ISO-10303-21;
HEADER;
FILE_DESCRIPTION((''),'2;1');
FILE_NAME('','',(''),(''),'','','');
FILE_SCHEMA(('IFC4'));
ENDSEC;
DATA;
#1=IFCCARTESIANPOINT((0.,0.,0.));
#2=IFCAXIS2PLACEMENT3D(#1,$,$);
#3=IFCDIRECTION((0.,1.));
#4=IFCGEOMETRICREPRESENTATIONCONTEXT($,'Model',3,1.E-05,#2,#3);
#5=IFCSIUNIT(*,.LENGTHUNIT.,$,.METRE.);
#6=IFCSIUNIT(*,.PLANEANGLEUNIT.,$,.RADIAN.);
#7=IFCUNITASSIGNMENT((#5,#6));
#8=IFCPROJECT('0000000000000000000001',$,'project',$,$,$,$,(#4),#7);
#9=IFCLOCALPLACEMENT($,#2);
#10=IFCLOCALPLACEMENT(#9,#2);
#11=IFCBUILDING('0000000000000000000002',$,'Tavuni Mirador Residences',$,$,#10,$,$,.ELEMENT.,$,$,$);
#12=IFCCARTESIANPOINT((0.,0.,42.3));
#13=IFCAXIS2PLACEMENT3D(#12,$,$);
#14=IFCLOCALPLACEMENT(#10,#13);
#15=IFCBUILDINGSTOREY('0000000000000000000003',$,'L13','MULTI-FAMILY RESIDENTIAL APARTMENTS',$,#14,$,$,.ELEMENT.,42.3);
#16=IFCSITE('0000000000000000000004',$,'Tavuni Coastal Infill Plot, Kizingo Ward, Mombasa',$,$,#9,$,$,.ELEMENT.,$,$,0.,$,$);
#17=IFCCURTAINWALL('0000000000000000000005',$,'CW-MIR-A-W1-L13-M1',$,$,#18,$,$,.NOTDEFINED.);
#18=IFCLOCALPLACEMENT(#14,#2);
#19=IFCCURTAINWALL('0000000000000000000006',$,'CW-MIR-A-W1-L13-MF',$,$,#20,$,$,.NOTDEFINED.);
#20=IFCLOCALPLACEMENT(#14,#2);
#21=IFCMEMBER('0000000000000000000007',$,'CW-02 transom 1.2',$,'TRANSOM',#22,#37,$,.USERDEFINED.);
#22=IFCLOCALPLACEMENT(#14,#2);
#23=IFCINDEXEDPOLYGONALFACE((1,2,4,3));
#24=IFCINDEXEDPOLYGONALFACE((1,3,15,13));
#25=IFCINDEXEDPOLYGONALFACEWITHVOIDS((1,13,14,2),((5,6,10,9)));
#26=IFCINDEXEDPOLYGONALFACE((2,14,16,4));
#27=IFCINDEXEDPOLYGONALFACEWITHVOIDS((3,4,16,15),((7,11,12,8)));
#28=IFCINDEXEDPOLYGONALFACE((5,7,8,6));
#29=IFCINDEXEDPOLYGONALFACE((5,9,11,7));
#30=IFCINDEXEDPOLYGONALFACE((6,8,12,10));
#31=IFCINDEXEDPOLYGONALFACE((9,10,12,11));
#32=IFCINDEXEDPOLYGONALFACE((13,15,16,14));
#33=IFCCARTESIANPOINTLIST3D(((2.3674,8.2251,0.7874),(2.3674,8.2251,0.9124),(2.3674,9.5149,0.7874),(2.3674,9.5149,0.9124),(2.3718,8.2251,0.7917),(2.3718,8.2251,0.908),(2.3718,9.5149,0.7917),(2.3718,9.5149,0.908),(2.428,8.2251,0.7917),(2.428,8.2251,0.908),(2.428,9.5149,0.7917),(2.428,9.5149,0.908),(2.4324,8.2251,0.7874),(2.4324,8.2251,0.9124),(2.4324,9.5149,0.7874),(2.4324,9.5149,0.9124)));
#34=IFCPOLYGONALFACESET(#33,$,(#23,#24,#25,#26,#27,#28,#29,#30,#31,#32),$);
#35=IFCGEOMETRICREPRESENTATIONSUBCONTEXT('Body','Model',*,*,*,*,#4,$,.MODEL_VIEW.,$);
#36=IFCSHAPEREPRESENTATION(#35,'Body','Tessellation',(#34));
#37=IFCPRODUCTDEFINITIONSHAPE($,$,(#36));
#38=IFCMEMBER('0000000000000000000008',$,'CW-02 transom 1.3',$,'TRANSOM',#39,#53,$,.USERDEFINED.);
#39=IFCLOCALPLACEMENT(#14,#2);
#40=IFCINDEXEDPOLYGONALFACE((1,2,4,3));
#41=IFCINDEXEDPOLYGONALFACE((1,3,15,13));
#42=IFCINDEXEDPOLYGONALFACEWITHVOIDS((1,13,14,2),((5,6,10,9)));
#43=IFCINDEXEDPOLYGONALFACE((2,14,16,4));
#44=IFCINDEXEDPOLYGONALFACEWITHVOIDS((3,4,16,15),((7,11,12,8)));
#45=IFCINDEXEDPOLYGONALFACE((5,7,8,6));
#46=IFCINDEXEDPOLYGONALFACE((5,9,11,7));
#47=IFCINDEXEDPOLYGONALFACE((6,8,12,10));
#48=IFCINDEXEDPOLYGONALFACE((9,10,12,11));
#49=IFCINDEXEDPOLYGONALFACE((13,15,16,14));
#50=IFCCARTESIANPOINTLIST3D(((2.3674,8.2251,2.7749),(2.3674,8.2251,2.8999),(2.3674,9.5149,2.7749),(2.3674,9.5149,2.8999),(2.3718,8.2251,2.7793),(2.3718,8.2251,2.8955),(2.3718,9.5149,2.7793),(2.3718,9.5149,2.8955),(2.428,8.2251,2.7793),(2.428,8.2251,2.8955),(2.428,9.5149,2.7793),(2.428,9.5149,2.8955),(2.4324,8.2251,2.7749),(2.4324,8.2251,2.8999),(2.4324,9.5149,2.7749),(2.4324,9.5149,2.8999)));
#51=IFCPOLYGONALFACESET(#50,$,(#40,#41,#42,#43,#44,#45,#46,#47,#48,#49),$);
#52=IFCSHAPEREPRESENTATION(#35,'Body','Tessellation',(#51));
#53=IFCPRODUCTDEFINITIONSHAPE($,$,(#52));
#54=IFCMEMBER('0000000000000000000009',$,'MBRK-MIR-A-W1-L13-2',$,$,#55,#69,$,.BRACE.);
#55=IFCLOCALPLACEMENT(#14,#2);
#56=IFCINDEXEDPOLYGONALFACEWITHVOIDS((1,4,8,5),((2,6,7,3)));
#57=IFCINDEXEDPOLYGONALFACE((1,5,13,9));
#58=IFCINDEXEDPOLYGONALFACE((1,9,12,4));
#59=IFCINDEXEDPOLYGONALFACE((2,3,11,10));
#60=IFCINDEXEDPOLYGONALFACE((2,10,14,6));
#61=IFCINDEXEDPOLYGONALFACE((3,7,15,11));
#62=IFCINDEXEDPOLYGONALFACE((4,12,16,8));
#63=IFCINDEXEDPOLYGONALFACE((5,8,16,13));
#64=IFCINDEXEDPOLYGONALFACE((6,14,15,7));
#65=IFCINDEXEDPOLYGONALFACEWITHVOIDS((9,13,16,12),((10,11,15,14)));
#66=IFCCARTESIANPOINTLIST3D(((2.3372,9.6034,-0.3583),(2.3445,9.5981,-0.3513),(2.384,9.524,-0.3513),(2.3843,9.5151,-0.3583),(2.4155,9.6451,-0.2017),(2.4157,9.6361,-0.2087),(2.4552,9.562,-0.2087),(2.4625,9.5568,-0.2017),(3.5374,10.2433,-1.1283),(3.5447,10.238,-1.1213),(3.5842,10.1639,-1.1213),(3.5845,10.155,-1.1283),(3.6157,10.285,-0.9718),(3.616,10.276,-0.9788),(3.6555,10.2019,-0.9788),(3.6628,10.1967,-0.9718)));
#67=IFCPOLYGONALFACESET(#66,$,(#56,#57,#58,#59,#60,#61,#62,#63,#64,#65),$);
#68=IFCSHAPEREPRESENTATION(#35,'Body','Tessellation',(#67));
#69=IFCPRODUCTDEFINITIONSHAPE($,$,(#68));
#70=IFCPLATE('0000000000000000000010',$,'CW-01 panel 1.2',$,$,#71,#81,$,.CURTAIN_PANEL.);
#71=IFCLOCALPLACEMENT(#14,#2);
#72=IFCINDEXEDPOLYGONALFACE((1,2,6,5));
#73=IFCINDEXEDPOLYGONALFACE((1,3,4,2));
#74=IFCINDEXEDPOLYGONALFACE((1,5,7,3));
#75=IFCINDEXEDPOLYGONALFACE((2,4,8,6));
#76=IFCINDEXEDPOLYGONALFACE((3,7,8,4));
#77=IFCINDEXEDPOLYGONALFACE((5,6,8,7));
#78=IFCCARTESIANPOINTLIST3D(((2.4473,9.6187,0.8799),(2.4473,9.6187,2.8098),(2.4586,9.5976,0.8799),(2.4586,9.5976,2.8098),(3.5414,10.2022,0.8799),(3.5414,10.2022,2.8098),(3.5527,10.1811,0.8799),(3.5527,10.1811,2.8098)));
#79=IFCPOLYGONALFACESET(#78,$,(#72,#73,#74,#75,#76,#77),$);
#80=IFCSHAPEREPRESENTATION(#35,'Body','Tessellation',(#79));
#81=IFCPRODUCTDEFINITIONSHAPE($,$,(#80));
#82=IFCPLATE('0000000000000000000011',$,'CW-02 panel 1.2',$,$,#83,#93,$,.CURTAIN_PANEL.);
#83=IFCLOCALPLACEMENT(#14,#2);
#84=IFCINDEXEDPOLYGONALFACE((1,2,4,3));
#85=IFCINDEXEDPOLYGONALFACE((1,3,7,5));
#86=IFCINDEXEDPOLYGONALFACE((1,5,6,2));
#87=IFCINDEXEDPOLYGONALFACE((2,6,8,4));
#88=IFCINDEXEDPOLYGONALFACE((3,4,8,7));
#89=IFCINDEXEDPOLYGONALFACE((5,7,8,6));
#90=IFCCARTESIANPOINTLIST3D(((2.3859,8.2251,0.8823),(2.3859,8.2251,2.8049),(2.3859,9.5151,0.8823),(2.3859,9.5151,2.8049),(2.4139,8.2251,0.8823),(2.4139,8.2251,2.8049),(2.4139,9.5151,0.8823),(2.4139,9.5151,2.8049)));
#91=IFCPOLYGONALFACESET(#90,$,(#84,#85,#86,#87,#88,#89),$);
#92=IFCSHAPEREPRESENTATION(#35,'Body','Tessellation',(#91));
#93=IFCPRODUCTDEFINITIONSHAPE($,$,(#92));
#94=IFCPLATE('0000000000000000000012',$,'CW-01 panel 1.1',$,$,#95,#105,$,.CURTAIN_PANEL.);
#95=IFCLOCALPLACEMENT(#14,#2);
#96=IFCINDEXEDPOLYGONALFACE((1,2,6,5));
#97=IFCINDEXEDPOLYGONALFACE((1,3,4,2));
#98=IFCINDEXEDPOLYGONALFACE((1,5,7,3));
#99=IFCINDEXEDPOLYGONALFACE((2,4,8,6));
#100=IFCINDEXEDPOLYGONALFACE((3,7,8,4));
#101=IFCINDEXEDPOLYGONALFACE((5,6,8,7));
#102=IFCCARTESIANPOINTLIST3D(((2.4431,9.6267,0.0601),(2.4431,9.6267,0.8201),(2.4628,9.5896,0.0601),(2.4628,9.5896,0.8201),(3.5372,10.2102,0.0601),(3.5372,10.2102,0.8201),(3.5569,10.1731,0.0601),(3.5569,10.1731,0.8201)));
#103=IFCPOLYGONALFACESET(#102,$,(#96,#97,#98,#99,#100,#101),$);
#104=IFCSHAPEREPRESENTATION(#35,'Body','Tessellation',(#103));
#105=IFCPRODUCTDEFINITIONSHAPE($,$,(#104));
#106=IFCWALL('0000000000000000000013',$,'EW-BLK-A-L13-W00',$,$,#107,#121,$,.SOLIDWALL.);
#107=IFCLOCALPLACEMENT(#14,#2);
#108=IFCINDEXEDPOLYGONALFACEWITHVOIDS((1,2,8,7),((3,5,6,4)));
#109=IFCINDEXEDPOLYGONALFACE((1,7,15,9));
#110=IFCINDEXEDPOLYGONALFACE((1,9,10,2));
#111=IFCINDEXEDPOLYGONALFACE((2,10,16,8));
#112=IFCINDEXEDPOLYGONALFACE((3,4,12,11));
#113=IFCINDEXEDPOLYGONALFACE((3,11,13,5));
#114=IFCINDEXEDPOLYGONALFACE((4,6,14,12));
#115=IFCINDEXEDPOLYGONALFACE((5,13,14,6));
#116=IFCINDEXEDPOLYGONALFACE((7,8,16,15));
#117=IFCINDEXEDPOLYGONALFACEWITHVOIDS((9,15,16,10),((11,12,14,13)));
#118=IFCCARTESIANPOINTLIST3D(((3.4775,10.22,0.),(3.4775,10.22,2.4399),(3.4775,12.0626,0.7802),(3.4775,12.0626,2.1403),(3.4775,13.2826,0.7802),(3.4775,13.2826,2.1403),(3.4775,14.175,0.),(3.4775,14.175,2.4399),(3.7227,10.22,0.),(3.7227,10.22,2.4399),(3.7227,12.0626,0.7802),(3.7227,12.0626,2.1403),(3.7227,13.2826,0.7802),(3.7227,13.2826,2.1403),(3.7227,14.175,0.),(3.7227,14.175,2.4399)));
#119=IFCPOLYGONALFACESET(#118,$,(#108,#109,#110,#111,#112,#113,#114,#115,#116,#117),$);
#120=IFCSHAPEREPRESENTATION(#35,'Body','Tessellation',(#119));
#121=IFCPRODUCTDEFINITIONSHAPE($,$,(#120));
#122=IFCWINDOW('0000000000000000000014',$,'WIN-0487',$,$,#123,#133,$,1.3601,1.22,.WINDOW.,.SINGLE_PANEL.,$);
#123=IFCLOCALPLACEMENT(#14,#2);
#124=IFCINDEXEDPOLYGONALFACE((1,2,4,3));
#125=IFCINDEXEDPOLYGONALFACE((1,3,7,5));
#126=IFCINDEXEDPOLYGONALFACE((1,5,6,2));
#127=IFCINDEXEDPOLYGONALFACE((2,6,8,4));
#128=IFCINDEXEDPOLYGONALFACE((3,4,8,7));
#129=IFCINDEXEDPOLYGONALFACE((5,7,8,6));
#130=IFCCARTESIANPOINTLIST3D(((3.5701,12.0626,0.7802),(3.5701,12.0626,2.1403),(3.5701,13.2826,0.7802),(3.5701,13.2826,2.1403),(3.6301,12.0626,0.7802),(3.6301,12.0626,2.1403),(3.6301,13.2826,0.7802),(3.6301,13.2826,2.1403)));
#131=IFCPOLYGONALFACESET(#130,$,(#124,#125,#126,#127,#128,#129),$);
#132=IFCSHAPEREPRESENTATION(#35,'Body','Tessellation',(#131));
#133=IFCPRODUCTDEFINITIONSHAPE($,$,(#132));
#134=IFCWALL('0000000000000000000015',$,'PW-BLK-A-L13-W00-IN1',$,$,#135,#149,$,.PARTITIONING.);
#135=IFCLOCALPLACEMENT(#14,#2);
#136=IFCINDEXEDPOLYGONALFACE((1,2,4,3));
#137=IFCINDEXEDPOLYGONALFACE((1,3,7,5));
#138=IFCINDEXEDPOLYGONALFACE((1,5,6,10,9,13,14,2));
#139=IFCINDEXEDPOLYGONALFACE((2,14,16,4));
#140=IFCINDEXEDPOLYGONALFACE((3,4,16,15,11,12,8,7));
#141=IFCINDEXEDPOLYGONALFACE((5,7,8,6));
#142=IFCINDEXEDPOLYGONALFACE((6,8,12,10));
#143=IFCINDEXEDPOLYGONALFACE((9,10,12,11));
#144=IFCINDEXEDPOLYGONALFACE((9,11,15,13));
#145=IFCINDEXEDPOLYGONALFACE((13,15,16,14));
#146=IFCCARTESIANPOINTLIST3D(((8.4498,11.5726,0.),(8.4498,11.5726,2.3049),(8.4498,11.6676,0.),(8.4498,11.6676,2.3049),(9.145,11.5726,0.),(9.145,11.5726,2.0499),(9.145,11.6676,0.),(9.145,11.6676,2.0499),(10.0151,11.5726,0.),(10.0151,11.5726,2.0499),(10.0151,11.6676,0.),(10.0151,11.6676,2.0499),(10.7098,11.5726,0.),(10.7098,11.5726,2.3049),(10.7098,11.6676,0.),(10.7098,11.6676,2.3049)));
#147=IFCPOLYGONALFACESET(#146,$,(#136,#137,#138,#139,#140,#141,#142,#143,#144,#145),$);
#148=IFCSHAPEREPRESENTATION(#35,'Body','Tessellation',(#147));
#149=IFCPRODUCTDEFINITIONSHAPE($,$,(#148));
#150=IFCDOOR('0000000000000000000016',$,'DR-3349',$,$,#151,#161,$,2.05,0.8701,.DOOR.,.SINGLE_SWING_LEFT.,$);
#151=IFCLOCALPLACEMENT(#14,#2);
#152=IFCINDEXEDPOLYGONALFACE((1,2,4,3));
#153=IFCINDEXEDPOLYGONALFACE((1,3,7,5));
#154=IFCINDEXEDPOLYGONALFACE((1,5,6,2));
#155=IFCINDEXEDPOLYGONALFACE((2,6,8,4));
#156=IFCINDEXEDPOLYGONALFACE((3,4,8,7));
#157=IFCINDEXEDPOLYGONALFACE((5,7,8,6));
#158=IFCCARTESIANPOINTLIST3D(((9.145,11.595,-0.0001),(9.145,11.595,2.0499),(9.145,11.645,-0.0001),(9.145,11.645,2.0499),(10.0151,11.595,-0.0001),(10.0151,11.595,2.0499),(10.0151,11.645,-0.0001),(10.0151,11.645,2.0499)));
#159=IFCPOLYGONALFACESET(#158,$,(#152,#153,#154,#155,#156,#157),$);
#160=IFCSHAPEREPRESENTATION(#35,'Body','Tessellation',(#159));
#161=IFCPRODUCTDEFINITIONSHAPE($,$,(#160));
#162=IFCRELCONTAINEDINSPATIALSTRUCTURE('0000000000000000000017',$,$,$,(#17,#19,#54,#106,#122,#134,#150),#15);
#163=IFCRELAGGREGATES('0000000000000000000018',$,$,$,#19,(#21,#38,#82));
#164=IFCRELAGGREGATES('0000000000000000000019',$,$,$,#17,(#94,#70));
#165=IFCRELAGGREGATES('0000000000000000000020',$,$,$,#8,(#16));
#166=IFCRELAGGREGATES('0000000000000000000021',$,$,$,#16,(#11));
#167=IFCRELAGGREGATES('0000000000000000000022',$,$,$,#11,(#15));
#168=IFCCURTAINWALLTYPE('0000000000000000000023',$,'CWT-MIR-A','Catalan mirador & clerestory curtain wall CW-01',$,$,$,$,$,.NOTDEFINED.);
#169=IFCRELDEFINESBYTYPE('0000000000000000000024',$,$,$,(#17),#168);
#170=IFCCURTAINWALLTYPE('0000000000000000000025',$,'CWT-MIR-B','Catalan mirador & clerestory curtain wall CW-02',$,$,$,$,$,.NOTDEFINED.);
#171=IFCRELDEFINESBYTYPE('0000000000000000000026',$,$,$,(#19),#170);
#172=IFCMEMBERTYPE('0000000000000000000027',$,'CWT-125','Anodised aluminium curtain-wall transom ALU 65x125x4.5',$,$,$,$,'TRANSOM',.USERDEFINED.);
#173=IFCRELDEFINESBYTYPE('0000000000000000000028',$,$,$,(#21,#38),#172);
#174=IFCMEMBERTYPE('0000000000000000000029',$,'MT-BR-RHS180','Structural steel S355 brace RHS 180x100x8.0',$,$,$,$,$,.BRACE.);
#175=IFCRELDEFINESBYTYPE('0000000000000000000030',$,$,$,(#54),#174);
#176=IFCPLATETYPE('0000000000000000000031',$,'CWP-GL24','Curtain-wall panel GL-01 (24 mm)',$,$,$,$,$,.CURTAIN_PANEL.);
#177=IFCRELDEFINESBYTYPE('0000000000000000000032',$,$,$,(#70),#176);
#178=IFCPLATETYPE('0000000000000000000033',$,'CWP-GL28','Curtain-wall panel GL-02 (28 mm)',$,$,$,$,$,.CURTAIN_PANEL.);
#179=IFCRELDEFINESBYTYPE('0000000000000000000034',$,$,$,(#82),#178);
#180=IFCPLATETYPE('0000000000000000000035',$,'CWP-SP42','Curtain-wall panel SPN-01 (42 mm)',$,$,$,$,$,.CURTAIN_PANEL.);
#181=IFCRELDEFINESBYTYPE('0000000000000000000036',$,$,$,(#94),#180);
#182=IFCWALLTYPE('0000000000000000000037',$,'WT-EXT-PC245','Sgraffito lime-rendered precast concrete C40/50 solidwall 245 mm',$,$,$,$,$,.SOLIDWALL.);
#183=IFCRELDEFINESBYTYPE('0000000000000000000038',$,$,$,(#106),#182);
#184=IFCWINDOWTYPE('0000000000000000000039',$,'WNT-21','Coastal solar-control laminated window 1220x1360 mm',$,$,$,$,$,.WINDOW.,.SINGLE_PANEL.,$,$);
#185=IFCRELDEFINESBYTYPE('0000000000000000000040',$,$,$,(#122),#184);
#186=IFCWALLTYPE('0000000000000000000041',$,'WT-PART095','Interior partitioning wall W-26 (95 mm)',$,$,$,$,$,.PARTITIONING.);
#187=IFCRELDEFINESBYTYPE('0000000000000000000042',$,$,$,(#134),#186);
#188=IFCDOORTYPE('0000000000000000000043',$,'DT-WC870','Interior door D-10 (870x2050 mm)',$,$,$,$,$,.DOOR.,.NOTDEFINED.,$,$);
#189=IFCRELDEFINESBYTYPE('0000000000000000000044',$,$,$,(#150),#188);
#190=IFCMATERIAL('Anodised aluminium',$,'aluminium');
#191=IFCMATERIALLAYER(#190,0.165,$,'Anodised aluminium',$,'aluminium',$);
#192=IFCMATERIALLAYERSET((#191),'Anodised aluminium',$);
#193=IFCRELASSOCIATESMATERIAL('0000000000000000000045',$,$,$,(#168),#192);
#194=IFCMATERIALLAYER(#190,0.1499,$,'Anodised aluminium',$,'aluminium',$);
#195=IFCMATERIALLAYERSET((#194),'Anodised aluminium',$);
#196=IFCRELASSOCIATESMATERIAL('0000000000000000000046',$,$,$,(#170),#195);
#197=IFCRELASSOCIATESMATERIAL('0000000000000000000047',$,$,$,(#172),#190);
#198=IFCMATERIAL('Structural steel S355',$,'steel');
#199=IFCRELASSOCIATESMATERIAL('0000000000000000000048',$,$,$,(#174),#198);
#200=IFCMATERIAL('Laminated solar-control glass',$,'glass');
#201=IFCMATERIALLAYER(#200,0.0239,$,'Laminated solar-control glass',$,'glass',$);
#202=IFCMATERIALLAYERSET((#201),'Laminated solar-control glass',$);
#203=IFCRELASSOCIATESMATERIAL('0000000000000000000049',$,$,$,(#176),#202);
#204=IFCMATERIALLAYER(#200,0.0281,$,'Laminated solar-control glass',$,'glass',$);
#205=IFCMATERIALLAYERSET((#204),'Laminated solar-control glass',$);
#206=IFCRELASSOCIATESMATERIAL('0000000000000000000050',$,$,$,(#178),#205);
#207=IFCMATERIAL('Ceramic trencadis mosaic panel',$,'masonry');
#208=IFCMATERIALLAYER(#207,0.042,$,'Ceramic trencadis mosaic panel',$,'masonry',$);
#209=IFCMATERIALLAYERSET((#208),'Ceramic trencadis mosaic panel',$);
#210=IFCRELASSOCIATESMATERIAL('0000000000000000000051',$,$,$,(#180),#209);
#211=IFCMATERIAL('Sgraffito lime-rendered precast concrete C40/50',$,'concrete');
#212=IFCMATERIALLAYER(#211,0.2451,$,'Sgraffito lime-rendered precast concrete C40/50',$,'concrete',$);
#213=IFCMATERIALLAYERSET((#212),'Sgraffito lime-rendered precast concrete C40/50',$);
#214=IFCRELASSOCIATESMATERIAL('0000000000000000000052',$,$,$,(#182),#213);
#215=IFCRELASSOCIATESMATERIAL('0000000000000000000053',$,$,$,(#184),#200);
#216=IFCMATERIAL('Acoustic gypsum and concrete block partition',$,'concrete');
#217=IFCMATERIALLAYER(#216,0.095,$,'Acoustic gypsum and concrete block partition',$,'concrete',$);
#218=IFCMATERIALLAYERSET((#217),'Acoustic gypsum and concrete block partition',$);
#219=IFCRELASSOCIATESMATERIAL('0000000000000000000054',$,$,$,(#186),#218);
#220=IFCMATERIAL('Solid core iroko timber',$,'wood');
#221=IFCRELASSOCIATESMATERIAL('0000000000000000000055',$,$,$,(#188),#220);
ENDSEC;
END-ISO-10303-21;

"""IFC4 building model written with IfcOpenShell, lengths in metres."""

from ifc_helpers import new_model, si_unit, direction, frame, frame_2d, origin, origin_2d, place, context, subcontext, project, spatial, rectangle, hollow_rectangle, extrude, material, layer, layer_set, material_profile, profile_set, type_object, element, fill, aggregate, save


model = new_model("IFC4")

# Units and contexts
model_context = context("Model", 3, precision=1e-05, world=origin(), true_north=direction((0.0, 1.0)))
body_context = subcontext(model_context, "Body", "Model", "MODEL_VIEW")
ifc_project = project(units=[si_unit("LENGTHUNIT", "METRE"), si_unit("PLANEANGLEUNIT", "RADIAN")], contexts=[model_context])

# Site, building, storey
site_placement = place(None, origin())
site = spatial("IfcSite", under=ifc_project, at=site_placement, Name="Tavuni Coastal Infill Plot, Kizingo Ward, Mombasa", CompositionType="ELEMENT", RefElevation=0.0)
building_placement = place(site_placement, origin())
building = spatial("IfcBuilding", under=site, at=building_placement, Name="Tavuni Mirador Residences", CompositionType="ELEMENT")
storey_placement = place(building_placement, frame((0.0, 0.0, 42.3)))
storey = spatial("IfcBuildingStorey", under=building, at=storey_placement, Name="L13", Description="MULTI-FAMILY RESIDENTIAL APARTMENTS", CompositionType="ELEMENT", Elevation=42.3)

# Curtain wall
ifc_material_1 = material(Name="Anodised aluminium", Category="aluminium")
ifc_layer_1 = layer(ifc_material_1, 0.165, Name="Anodised aluminium", Category="aluminium")
ifc_layer_set_1 = layer_set([ifc_layer_1], Name="Anodised aluminium")
curtain_wall_type_1 = type_object("IfcCurtainWallType", Name="CWT-MIR-A", Description="Catalan mirador & clerestory curtain wall CW-01", PredefinedType="NOTDEFINED", material=ifc_layer_set_1)
curtain_wall_1_placement = place(storey_placement, origin())
curtain_wall_1 = element("IfcCurtainWall", 1, at=curtain_wall_1_placement, inside=storey, type_object=curtain_wall_type_1, Name="CW-MIR-A-W1-L13-M1", PredefinedType="NOTDEFINED")

# Curtain wall
ifc_layer_2 = layer(ifc_material_1, 0.1499, Name="Anodised aluminium", Category="aluminium")
ifc_layer_set_2 = layer_set([ifc_layer_2], Name="Anodised aluminium")
curtain_wall_type_2 = type_object("IfcCurtainWallType", Name="CWT-MIR-B", Description="Catalan mirador & clerestory curtain wall CW-02", PredefinedType="NOTDEFINED", material=ifc_layer_set_2)
curtain_wall_2_placement = place(storey_placement, origin())
curtain_wall_2 = element("IfcCurtainWall", 2, at=curtain_wall_2_placement, inside=storey, type_object=curtain_wall_type_2, Name="CW-MIR-A-W1-L13-MF", PredefinedType="NOTDEFINED")

# Members
ifc_material_profile_1 = material_profile(ifc_material_1, hollow_rectangle(XDim=0.0649, YDim=0.125, WallThickness=0.0044, at=origin_2d()), Name="ALU 65x125x4.5", Category="aluminium")
ifc_profile_set_1 = profile_set([ifc_material_profile_1], Name="Anodised aluminium")
member_type_1 = type_object("IfcMemberType", Name="CWT-125", Description="Anodised aluminium curtain-wall transom ALU 65x125x4.5", ElementType="TRANSOM", PredefinedType="USERDEFINED", material=ifc_profile_set_1)
member_1_placement = place(storey_placement, frame((2.3999, 9.5149, 0.8499), z_axis=(0.0, -1.0, 0.0), x_axis=(1.0, 0.0, 0.0)))
member_1 = element("IfcMember", 3, at=member_1_placement, type_object=member_type_1, Name="CW-02 transom 1.2", ObjectType="TRANSOM", PredefinedType="USERDEFINED", context=body_context, shape_type="SweptSolid", body=[
    extrude(hollow_rectangle(XDim=0.0649, YDim=0.125, WallThickness=0.0044, at=origin_2d()), origin(), (0.0, 0.0, 1.0), 1.2898),
])
member_2_placement = place(storey_placement, frame((2.3999, 9.5149, 2.8374), z_axis=(0.0, -1.0, 0.0), x_axis=(1.0, 0.0, 0.0)))
member_2 = element("IfcMember", 4, at=member_2_placement, type_object=member_type_1, Name="CW-02 transom 1.3", ObjectType="TRANSOM", PredefinedType="USERDEFINED", context=body_context, shape_type="SweptSolid", body=[
    extrude(hollow_rectangle(XDim=0.0649, YDim=0.125, WallThickness=0.0044, at=origin_2d()), origin(), (0.0, 0.0, 1.0), 1.2898),
])
ifc_material_2 = material(Name="Structural steel S355", Category="steel")
ifc_material_profile_2 = material_profile(ifc_material_2, hollow_rectangle(XDim=0.1001, YDim=0.1799, WallThickness=0.0081, at=origin_2d()), Name="RHS 180x100x8.0", Category="steel")
ifc_profile_set_2 = profile_set([ifc_material_profile_2], Name="Structural steel S355")
member_type_2 = type_object("IfcMemberType", Name="MT-BR-RHS180", Description="Structural steel S355 brace RHS 180x100x8.0", PredefinedType="BRACE", material=ifc_profile_set_2)
member_3_placement = place(storey_placement, frame((3.6001, 10.22, -1.05), z_axis=(-0.767896, -0.409409, 0.492666), x_axis=(0.470467, -0.882418, 0.0)))
element("IfcMember", 5, at=member_3_placement, inside=storey, type_object=member_type_2, Name="MBRK-MIR-A-W1-L13-2", PredefinedType="BRACE", context=body_context, shape_type="SweptSolid", body=[
    extrude(hollow_rectangle(XDim=0.1001, YDim=0.1799, WallThickness=0.0081, at=origin_2d()), origin(), (0.0, 0.0, 1.0), 1.563),
])

# Plates
ifc_material_3 = material(Name="Laminated solar-control glass", Category="glass")
ifc_layer_3 = layer(ifc_material_3, 0.0239, Name="Laminated solar-control glass", Category="glass")
ifc_layer_set_3 = layer_set([ifc_layer_3], Name="Laminated solar-control glass")
plate_type_1 = type_object("IfcPlateType", Name="CWP-GL24", Description="Curtain-wall panel GL-01 (24 mm)", PredefinedType="CURTAIN_PANEL", material=ifc_layer_set_3)
plate_1_placement = place(storey_placement, frame((3.0, 9.8999, 0.8799), z_axis=(0.0, 0.0, 1.0), x_axis=(-0.882353, -0.470588, 0.0)))
plate_1 = element("IfcPlate", 6, at=plate_1_placement, type_object=plate_type_1, Name="CW-01 panel 1.2", PredefinedType="CURTAIN_PANEL", context=body_context, shape_type="SweptSolid", body=[
    extrude(rectangle(XDim=1.24, YDim=0.0239, at=origin_2d()), origin(), (0.0, 0.0, 1.0), 1.9299),
])
ifc_layer_4 = layer(ifc_material_3, 0.0281, Name="Laminated solar-control glass", Category="glass")
ifc_layer_set_4 = layer_set([ifc_layer_4], Name="Laminated solar-control glass")
plate_type_2 = type_object("IfcPlateType", Name="CWP-GL28", Description="Curtain-wall panel GL-02 (28 mm)", PredefinedType="CURTAIN_PANEL", material=ifc_layer_set_4)
plate_2_placement = place(storey_placement, frame((2.3999, 8.8701, 0.8823), z_axis=(0.0, 0.0, 1.0), x_axis=(0.0, -1.0, 0.0)))
plate_2 = element("IfcPlate", 7, at=plate_2_placement, type_object=plate_type_2, Name="CW-02 panel 1.2", PredefinedType="CURTAIN_PANEL", context=body_context, shape_type="SweptSolid", body=[
    extrude(rectangle(XDim=1.29, YDim=0.0281, at=origin_2d()), origin(), (0.0, 0.0, 1.0), 1.9226),
])
aggregate(curtain_wall_2, [member_1, member_2, plate_2])
ifc_material_4 = material(Name="Ceramic trencadis mosaic panel", Category="masonry")
ifc_layer_5 = layer(ifc_material_4, 0.042, Name="Ceramic trencadis mosaic panel", Category="masonry")
ifc_layer_set_5 = layer_set([ifc_layer_5], Name="Ceramic trencadis mosaic panel")
plate_type_3 = type_object("IfcPlateType", Name="CWP-SP42", Description="Curtain-wall panel SPN-01 (42 mm)", PredefinedType="CURTAIN_PANEL", material=ifc_layer_set_5)
plate_3_placement = place(storey_placement, frame((3.0, 9.8999, 0.0601), z_axis=(0.0, 0.0, 1.0), x_axis=(-0.882353, -0.470588, 0.0)))
plate_3 = element("IfcPlate", 8, at=plate_3_placement, type_object=plate_type_3, Name="CW-01 panel 1.1", PredefinedType="CURTAIN_PANEL", context=body_context, shape_type="SweptSolid", body=[
    extrude(rectangle(XDim=1.24, YDim=0.042, at=origin_2d()), origin(), (0.0, 0.0, 1.0), 0.76),
])
aggregate(curtain_wall_1, [plate_3, plate_1])

# Wall, opening, window
ifc_material_5 = material(Name="Sgraffito lime-rendered precast concrete C40/50", Category="concrete")
ifc_layer_6 = layer(ifc_material_5, 0.2451, Name="Sgraffito lime-rendered precast concrete C40/50", Category="concrete")
ifc_layer_set_6 = layer_set([ifc_layer_6], Name="Sgraffito lime-rendered precast concrete C40/50")
wall_type_1 = type_object("IfcWallType", Name="WT-EXT-PC245", Description="Sgraffito lime-rendered precast concrete C40/50 solidwall 245 mm", PredefinedType="SOLIDWALL", material=ifc_layer_set_6)
wall_1_placement = place(storey_placement, frame((3.6001, 14.175, 0.0), z_axis=(0.0, 0.0, 1.0), x_axis=(0.0, -1.0, 0.0)))
wall_1 = element("IfcWall", 9, at=wall_1_placement, inside=storey, type_object=wall_type_1, Name="EW-BLK-A-L13-W00", PredefinedType="SOLIDWALL", context=body_context, shape_type="SweptSolid", body=[
    extrude(rectangle(XDim=3.9551, YDim=0.2451, at=frame_2d((1.9775, 0.0))), origin(), (0.0, 0.0, 1.0), 2.4399),
])
opening_1_placement = place(wall_1_placement, frame((0.8926, 0.0, 0.78)))
opening_1 = element("IfcOpeningElement", 10, at=opening_1_placement, cuts=wall_1, PredefinedType="OPENING", context=body_context, shape_type="SweptSolid", body=[
    extrude(rectangle(XDim=1.22, YDim=1.3601, at=frame_2d((0.6099, 0.6802))), frame((0.0, 0.1326, 0.0), z_axis=(0.0, -1.0, 0.0), x_axis=(1.0, 0.0, 0.0)), (0.0, 0.0, 1.0), 0.2651),
])
window_type = type_object("IfcWindowType", Name="WNT-21", Description="Coastal solar-control laminated window 1220x1360 mm", PartitioningType="SINGLE_PANEL", PredefinedType="WINDOW", material=ifc_material_3)
window_placement = place(opening_1_placement, origin())
window = element("IfcWindow", 11, at=window_placement, inside=storey, type_object=window_type, Name="WIN-0487", OverallHeight=1.3601, OverallWidth=1.22, PartitioningType="SINGLE_PANEL", PredefinedType="WINDOW", context=body_context, shape_type="SweptSolid", body=[
    extrude(rectangle(XDim=1.22, YDim=1.3601, at=frame_2d((0.6099, 0.6802))), frame((0.0, 0.03, 0.0), z_axis=(0.0, -1.0, 0.0), x_axis=(1.0, 0.0, 0.0)), (0.0, 0.0, 1.0), 0.0601),
])
fill(opening_1, window)

# Wall, opening, door
ifc_material_6 = material(Name="Acoustic gypsum and concrete block partition", Category="concrete")
ifc_layer_7 = layer(ifc_material_6, 0.095, Name="Acoustic gypsum and concrete block partition", Category="concrete")
ifc_layer_set_7 = layer_set([ifc_layer_7], Name="Acoustic gypsum and concrete block partition")
wall_type_2 = type_object("IfcWallType", Name="WT-PART095", Description="Interior partitioning wall W-26 (95 mm)", PredefinedType="PARTITIONING", material=ifc_layer_set_7)
wall_2_placement = place(storey_placement, frame((8.45, 11.6201, 0.0), z_axis=(0.0, 0.0, 1.0), x_axis=(1.0, 0.0, 0.0)))
wall_2 = element("IfcWall", 12, at=wall_2_placement, inside=storey, type_object=wall_type_2, Name="PW-BLK-A-L13-W00-IN1", PredefinedType="PARTITIONING", context=body_context, shape_type="SweptSolid", body=[
    extrude(rectangle(XDim=2.26, YDim=0.095, at=frame_2d((1.1299, 0.0))), origin(), (0.0, 0.0, 1.0), 2.3049),
])
opening_2_placement = place(wall_2_placement, frame((0.6951, 0.0, 0.0)))
opening_2 = element("IfcOpeningElement", 13, at=opening_2_placement, cuts=wall_2, PredefinedType="OPENING", context=body_context, shape_type="SweptSolid", body=[
    extrude(rectangle(XDim=0.8701, YDim=2.05, at=frame_2d((0.4351, 1.0249))), frame((0.0, 0.0576, 0.0), z_axis=(0.0, -1.0, 0.0), x_axis=(1.0, 0.0, 0.0)), (0.0, 0.0, 1.0), 0.115),
])
ifc_material_7 = material(Name="Solid core iroko timber", Category="wood")
door_type_1 = type_object("IfcDoorType", Name="DT-WC870", Description="Interior door D-10 (870x2050 mm)", OperationType="NOTDEFINED", PredefinedType="DOOR", material=ifc_material_7)
door_1_placement = place(opening_2_placement, origin())
door_1 = element("IfcDoor", 14, at=door_1_placement, inside=storey, type_object=door_type_1, Name="DR-3349", OperationType="SINGLE_SWING_LEFT", OverallHeight=2.05, OverallWidth=0.8701, PredefinedType="DOOR", context=body_context, shape_type="SweptSolid", body=[
    extrude(rectangle(XDim=0.8701, YDim=2.05, at=frame_2d((0.4351, 1.0249))), frame((0.0, 0.0249, 0.0), z_axis=(0.0, -1.0, 0.0), x_axis=(1.0, 0.0, 0.0)), (0.0, 0.0, 1.0), 0.05),
])
fill(opening_2, door_1)

save(model, "model.ifc")
